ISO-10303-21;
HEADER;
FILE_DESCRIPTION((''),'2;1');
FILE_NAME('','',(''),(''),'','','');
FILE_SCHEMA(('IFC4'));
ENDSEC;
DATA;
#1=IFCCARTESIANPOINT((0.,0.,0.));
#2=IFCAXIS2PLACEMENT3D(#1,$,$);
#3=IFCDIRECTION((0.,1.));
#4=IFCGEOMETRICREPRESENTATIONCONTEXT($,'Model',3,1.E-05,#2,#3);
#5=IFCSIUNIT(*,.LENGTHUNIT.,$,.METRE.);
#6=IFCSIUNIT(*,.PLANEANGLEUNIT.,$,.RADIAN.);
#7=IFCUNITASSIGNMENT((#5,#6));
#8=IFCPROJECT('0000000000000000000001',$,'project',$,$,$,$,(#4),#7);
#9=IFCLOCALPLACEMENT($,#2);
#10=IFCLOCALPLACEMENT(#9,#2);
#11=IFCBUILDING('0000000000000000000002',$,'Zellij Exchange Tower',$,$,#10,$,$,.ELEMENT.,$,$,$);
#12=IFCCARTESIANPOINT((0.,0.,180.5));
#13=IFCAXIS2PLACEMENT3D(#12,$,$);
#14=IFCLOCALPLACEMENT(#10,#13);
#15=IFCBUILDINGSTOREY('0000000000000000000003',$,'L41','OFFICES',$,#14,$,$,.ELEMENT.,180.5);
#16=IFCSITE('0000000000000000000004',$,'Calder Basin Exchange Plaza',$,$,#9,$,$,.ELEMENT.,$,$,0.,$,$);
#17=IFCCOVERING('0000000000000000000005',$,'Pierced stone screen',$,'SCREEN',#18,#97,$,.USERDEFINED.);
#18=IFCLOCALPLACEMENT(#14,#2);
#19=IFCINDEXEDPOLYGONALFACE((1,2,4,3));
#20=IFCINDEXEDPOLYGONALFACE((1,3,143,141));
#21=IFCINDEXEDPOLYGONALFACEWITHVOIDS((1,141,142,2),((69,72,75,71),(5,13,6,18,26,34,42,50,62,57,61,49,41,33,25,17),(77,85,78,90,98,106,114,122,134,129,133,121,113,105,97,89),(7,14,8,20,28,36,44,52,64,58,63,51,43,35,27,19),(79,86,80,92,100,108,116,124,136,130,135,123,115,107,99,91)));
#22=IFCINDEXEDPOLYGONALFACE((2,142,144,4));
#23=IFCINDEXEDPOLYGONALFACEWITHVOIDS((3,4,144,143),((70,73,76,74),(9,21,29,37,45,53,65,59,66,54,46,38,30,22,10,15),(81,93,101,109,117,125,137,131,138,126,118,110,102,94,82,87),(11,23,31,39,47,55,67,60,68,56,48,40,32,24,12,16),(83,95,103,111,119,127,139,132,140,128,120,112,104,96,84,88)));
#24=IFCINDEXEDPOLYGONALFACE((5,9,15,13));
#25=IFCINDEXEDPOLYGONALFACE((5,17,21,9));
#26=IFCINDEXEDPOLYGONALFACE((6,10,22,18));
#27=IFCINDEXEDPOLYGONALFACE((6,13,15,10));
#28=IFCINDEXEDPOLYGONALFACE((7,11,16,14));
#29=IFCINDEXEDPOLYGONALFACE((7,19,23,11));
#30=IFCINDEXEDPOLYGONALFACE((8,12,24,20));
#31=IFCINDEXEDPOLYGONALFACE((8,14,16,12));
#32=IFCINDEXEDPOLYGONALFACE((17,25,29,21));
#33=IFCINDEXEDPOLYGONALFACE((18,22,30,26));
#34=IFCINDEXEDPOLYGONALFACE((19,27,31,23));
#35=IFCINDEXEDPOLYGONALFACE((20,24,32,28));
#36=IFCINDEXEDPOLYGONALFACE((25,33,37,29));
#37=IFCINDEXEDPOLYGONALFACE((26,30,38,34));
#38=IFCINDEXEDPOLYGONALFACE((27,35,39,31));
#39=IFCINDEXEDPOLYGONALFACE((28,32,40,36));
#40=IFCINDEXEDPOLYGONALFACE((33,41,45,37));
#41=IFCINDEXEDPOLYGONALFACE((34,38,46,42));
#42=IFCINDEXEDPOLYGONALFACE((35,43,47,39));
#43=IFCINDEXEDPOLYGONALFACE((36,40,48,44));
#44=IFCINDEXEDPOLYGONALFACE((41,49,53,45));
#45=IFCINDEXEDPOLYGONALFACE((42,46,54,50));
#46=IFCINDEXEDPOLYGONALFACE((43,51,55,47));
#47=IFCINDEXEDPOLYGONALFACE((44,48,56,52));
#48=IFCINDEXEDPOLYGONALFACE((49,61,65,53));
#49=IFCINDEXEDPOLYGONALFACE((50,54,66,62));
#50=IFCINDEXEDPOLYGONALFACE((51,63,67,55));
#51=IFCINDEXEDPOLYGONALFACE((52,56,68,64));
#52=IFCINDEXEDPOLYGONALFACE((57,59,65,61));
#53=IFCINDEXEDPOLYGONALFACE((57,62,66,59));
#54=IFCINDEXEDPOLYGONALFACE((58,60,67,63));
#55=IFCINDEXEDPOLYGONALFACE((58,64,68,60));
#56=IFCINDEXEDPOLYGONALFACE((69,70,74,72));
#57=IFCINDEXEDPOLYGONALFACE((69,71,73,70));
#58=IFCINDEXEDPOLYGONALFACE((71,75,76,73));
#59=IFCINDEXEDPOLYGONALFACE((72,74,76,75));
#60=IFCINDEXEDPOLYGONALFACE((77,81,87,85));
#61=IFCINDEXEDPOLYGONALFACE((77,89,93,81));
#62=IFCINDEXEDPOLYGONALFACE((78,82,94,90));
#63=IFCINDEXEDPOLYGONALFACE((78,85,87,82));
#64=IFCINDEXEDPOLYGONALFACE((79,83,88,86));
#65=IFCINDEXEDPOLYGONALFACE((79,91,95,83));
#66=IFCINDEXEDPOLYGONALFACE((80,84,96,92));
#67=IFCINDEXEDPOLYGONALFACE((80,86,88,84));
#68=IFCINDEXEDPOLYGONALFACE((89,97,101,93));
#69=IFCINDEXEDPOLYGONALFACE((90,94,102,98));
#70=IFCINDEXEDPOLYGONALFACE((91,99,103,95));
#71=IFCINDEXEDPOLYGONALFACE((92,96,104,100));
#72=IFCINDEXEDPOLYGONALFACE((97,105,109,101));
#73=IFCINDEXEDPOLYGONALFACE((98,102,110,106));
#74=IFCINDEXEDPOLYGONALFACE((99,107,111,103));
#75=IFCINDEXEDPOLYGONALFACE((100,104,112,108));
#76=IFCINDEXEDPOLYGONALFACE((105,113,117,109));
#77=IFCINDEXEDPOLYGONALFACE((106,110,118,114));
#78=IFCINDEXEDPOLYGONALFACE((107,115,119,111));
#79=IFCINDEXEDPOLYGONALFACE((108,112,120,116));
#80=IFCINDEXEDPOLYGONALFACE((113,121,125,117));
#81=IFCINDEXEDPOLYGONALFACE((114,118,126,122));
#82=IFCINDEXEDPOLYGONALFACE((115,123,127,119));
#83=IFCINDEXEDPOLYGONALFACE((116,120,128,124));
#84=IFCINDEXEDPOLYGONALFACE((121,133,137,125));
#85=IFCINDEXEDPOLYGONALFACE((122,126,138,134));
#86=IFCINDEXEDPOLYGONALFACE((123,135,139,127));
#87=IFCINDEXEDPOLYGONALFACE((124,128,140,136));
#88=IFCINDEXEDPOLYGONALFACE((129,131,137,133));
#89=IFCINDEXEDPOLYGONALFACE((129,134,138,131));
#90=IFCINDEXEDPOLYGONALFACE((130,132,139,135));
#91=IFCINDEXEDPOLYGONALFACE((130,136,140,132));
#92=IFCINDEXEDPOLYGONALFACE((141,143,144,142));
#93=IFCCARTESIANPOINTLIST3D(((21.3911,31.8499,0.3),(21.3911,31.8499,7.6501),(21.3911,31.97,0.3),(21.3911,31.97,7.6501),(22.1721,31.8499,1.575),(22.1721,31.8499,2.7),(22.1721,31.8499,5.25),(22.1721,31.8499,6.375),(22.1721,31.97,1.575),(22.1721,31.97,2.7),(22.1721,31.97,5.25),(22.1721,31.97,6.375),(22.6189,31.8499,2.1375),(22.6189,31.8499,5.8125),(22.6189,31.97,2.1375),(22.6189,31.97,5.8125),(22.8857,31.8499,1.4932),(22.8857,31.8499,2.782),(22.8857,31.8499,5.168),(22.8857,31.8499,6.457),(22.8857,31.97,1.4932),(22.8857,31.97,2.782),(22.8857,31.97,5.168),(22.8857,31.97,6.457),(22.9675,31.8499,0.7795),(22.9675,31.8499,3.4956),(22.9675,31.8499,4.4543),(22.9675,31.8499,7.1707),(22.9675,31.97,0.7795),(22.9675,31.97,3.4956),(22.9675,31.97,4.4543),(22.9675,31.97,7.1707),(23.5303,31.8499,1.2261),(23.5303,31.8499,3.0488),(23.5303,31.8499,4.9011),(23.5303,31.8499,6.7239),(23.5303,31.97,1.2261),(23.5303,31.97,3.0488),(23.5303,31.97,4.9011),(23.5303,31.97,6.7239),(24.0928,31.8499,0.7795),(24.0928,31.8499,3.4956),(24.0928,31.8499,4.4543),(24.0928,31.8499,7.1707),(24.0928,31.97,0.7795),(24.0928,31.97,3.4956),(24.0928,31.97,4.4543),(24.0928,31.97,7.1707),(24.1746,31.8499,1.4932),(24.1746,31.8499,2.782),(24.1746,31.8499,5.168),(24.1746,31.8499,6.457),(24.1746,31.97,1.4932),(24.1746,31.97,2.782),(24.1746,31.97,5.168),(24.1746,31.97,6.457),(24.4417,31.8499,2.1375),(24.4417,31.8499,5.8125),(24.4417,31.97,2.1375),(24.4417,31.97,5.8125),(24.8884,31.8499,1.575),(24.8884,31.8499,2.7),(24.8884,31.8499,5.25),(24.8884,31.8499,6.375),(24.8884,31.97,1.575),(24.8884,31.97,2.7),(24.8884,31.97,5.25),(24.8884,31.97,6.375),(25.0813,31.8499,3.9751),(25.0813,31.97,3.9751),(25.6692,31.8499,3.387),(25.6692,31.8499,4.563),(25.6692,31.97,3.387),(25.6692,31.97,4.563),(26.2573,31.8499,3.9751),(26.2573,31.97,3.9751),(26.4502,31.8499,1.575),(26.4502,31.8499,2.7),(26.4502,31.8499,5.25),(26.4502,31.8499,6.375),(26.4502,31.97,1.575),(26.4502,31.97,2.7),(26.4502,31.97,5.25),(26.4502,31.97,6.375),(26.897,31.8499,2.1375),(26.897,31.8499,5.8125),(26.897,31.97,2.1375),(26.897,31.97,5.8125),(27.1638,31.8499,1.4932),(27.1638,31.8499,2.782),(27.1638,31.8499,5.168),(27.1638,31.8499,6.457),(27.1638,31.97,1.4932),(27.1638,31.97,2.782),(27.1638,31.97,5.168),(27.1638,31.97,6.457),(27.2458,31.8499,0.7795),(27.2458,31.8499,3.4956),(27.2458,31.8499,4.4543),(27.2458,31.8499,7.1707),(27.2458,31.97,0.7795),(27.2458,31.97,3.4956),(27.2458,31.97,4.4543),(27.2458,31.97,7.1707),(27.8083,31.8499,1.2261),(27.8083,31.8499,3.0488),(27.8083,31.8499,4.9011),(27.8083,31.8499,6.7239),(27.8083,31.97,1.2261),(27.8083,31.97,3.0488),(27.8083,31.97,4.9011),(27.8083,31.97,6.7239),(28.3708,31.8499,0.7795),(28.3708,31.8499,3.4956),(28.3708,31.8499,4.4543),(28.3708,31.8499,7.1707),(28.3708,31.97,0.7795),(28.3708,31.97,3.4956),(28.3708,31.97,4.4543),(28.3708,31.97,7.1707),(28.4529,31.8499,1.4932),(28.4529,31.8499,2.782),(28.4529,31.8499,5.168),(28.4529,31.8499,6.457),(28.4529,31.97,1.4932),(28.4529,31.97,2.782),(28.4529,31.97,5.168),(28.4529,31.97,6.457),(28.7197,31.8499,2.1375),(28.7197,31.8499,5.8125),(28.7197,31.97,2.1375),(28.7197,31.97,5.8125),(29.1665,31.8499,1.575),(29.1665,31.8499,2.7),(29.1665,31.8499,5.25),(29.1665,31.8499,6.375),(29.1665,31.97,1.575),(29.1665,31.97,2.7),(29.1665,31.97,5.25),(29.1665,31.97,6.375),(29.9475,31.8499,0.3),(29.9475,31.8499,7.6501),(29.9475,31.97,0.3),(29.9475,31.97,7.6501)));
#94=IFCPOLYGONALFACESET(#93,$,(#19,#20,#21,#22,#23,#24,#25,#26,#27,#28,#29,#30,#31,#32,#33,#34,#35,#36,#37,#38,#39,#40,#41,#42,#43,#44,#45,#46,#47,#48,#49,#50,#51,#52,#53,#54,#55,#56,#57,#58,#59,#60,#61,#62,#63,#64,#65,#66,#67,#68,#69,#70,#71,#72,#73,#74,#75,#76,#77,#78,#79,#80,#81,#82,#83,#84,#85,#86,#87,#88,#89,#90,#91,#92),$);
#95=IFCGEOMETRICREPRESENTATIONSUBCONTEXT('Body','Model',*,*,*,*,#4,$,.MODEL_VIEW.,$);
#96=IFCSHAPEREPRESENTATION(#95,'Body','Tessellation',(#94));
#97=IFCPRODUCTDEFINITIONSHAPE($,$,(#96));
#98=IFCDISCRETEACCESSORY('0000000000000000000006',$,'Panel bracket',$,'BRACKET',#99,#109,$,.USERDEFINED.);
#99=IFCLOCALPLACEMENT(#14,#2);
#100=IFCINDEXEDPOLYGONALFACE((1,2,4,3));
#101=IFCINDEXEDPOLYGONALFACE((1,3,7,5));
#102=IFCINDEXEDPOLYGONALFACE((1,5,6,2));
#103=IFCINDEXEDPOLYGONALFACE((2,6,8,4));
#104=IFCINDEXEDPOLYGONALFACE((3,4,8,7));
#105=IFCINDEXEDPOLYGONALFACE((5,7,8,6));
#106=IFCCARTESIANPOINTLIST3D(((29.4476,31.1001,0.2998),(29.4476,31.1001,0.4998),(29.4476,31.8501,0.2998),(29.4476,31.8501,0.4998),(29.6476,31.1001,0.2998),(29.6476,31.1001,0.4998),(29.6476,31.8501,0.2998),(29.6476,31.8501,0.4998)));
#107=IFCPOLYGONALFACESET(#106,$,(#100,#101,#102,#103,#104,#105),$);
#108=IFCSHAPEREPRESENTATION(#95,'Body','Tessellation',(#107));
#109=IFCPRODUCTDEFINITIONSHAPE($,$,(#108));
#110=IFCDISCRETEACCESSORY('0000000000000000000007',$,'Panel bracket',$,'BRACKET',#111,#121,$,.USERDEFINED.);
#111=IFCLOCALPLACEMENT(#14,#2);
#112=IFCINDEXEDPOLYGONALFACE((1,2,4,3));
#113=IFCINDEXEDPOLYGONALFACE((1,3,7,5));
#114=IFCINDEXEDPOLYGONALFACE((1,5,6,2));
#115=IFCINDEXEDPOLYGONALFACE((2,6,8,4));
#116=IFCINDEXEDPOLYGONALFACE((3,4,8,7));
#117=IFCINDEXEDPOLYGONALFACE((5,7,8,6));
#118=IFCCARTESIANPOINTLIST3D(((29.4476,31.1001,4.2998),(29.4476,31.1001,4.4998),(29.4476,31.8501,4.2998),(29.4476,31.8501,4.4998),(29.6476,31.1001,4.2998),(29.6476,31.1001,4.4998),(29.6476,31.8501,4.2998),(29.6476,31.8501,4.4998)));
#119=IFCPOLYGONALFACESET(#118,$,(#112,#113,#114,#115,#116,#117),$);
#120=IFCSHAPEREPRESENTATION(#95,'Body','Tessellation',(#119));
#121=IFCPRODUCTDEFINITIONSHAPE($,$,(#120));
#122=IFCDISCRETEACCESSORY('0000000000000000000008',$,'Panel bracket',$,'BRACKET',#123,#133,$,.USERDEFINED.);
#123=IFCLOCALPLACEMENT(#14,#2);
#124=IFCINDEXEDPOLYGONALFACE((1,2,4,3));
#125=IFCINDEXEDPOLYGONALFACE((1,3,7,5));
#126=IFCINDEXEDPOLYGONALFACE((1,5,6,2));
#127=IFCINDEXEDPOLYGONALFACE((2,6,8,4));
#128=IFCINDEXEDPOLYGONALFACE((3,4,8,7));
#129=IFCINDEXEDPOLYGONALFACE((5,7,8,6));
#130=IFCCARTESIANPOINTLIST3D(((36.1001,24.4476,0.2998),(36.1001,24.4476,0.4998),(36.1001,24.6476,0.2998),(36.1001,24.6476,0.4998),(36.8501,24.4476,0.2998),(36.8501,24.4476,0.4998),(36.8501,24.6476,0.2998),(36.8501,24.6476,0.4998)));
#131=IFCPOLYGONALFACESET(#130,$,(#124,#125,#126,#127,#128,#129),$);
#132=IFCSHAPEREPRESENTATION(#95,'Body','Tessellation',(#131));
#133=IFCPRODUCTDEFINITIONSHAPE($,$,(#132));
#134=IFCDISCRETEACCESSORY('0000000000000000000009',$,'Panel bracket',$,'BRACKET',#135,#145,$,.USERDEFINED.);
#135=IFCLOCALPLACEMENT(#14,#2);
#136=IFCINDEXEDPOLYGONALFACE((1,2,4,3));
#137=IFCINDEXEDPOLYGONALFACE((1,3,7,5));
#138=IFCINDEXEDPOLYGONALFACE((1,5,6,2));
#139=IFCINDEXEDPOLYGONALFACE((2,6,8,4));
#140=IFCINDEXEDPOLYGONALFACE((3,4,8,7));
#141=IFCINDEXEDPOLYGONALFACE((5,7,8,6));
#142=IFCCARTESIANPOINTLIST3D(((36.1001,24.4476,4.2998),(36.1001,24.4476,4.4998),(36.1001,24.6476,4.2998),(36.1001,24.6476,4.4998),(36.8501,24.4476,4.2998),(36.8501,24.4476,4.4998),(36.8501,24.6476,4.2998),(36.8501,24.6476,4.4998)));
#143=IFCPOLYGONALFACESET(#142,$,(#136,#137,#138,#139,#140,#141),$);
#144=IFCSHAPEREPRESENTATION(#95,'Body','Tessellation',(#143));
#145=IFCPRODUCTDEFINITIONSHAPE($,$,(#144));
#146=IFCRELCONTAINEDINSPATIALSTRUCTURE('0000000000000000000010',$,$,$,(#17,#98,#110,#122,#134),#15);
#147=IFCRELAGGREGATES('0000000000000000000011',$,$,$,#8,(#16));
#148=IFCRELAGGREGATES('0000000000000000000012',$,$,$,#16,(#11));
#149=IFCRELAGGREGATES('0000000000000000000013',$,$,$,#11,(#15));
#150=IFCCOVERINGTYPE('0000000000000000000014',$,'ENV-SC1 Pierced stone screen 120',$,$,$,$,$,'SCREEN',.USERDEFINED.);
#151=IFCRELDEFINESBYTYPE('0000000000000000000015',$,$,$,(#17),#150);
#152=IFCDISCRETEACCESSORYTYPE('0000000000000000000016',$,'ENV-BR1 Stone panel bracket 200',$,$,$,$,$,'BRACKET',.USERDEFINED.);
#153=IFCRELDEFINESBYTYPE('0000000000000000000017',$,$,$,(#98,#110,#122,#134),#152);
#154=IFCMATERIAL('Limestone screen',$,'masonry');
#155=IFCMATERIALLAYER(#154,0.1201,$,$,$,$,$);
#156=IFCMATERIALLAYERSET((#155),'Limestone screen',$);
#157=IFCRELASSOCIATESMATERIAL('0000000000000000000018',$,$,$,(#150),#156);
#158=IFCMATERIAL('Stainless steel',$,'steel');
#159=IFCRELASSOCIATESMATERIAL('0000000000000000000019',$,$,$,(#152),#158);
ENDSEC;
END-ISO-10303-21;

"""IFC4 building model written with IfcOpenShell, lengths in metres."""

from ifc_helpers import new_model, si_unit, direction, frame, origin, origin_2d, place, context, subcontext, project, spatial, polyline, rectangle, outline, extrude, material, layer, layer_set, type_object, element, save


model = new_model("IFC4")

# Units and contexts
model_context = context("Model", 3, precision=1e-05, world=origin(), true_north=direction((0.0, 1.0)))
body_context = subcontext(model_context, "Body", "Model", "MODEL_VIEW")
ifc_project = project(units=[si_unit("LENGTHUNIT", "METRE"), si_unit("PLANEANGLEUNIT", "RADIAN")], contexts=[model_context])

# Site, building, storey
site_placement = place(None, origin())
site = spatial("IfcSite", under=ifc_project, at=site_placement, Name="Calder Basin Exchange Plaza", CompositionType="ELEMENT", RefElevation=0.0)
building_placement = place(site_placement, origin())
building = spatial("IfcBuilding", under=site, at=building_placement, Name="Zellij Exchange Tower", CompositionType="ELEMENT")
storey_placement = place(building_placement, frame((0.0, 0.0, 180.5)))
storey = spatial("IfcBuildingStorey", under=building, at=storey_placement, Name="L41", Description="OFFICES", CompositionType="ELEMENT", Elevation=180.5)

# Covering
ifc_material_1 = material(Name="Limestone screen", Category="masonry")
ifc_layer_1 = layer(ifc_material_1, 0.1201)
ifc_layer_set_1 = layer_set([ifc_layer_1], Name="Limestone screen")
covering_type = type_object("IfcCoveringType", Name="ENV-SC1 Pierced stone screen 120", ElementType="SCREEN", PredefinedType="USERDEFINED", material=ifc_layer_set_1)
covering_placement = place(storey_placement, frame((29.9475, 31.9099, 0.3), z_axis=(0.0, 0.0, 1.0), x_axis=(-1.0, 0.0, 0.0)))
element("IfcCovering", 1, at=covering_placement, inside=storey, type_object=covering_type, Name="Pierced stone screen", ObjectType="SCREEN", PredefinedType="USERDEFINED", context=body_context, shape_type="SweptSolid", body=[
    extrude(outline(polyline([(0.0, 0.0), (8.5564, 0.0), (8.5564, 7.3501), (0.0, 7.3501), (0.0, 0.0)]), holes=[polyline([(3.4973, 2.3999), (2.7837, 2.4819), (2.7017, 3.1956), (2.1392, 2.7488), (1.5767, 3.1956), (1.4946, 2.4819), (0.781, 2.3999), (1.2278, 1.8374), (0.781, 1.2749), (1.4946, 1.1931), (1.5767, 0.4795), (2.1392, 0.926), (2.7017, 0.4795), (2.7837, 1.1931), (3.4973, 1.2749), (3.0505, 1.8374), (3.4973, 2.3999)]), polyline([(3.4973, 6.075), (2.7837, 6.157), (2.7017, 6.8706), (2.1392, 6.4238), (1.5767, 6.8706), (1.4946, 6.157), (0.781, 6.075), (1.2278, 5.5125), (0.781, 4.95), (1.4946, 4.8679), (1.5767, 4.1543), (2.1392, 4.6011), (2.7017, 4.1543), (2.7837, 4.8679), (3.4973, 4.95), (3.0505, 5.5125), (3.4973, 6.075)]), polyline([(7.7754, 2.3999), (7.0618, 2.4819), (6.98, 3.1956), (6.4172, 2.7488), (5.8547, 3.1956), (5.7729, 2.4819), (5.0591, 2.3999), (5.5059, 1.8374), (5.0591, 1.2749), (5.7729, 1.1931), (5.8547, 0.4795), (6.4172, 0.926), (6.98, 0.4795), (7.0618, 1.1931), (7.7754, 1.2749), (7.3286, 1.8374), (7.7754, 2.3999)]), polyline([(7.7754, 6.075), (7.0618, 6.157), (6.98, 6.8706), (6.4172, 6.4238), (5.8547, 6.8706), (5.7729, 6.157), (5.0591, 6.075), (5.5059, 5.5125), (5.0591, 4.95), (5.7729, 4.8679), (5.8547, 4.1543), (6.4172, 4.6011), (6.98, 4.1543), (7.0618, 4.8679), (7.7754, 4.95), (7.3286, 5.5125), (7.7754, 6.075)]), polyline([(4.8662, 3.675), (4.2783, 4.2629), (3.6902, 3.675), (4.2783, 3.0869), (4.8662, 3.675)])]), frame((0.0, 0.0601, 0.0), z_axis=(0.0, -1.0, 0.0), x_axis=(1.0, 0.0, 0.0)), (0.0, 0.0, 1.0), 0.1201),
])

# Discrete accessories
ifc_material_2 = material(Name="Stainless steel", Category="steel")
discrete_accessory_type = type_object("IfcDiscreteAccessoryType", Name="ENV-BR1 Stone panel bracket 200", ElementType="BRACKET", PredefinedType="USERDEFINED", material=ifc_material_2)
for number, where, z_axis, x_axis, name in (
    (2, (29.5476, 31.4751, 0.2998), (0.0, 0.0, 1.0), (-1.0, 0.0, 0.0), "Panel bracket"),
    (3, (29.5476, 31.4751, 4.2998), (0.0, 0.0, 1.0), (-1.0, 0.0, 0.0), "Panel bracket"),
    (4, (36.4751, 24.5476, 0.2998), (0.0, 0.0, 1.0), (0.0, 1.0, 0.0), "Panel bracket"),
    (5, (36.4751, 24.5476, 4.2998), (0.0, 0.0, 1.0), (0.0, 1.0, 0.0), "Panel bracket"),
):
    element("IfcDiscreteAccessory", number, at=place(storey_placement, frame(where, z_axis=z_axis, x_axis=x_axis)), inside=storey, type_object=discrete_accessory_type, Name=name, ObjectType="BRACKET", PredefinedType="USERDEFINED", context=body_context, shape_type="SweptSolid", body=[
        extrude(rectangle(XDim=0.2, YDim=0.75, at=origin_2d()), origin(), (0.0, 0.0, 1.0), 0.2),
    ])

save(model, "model.ifc")
